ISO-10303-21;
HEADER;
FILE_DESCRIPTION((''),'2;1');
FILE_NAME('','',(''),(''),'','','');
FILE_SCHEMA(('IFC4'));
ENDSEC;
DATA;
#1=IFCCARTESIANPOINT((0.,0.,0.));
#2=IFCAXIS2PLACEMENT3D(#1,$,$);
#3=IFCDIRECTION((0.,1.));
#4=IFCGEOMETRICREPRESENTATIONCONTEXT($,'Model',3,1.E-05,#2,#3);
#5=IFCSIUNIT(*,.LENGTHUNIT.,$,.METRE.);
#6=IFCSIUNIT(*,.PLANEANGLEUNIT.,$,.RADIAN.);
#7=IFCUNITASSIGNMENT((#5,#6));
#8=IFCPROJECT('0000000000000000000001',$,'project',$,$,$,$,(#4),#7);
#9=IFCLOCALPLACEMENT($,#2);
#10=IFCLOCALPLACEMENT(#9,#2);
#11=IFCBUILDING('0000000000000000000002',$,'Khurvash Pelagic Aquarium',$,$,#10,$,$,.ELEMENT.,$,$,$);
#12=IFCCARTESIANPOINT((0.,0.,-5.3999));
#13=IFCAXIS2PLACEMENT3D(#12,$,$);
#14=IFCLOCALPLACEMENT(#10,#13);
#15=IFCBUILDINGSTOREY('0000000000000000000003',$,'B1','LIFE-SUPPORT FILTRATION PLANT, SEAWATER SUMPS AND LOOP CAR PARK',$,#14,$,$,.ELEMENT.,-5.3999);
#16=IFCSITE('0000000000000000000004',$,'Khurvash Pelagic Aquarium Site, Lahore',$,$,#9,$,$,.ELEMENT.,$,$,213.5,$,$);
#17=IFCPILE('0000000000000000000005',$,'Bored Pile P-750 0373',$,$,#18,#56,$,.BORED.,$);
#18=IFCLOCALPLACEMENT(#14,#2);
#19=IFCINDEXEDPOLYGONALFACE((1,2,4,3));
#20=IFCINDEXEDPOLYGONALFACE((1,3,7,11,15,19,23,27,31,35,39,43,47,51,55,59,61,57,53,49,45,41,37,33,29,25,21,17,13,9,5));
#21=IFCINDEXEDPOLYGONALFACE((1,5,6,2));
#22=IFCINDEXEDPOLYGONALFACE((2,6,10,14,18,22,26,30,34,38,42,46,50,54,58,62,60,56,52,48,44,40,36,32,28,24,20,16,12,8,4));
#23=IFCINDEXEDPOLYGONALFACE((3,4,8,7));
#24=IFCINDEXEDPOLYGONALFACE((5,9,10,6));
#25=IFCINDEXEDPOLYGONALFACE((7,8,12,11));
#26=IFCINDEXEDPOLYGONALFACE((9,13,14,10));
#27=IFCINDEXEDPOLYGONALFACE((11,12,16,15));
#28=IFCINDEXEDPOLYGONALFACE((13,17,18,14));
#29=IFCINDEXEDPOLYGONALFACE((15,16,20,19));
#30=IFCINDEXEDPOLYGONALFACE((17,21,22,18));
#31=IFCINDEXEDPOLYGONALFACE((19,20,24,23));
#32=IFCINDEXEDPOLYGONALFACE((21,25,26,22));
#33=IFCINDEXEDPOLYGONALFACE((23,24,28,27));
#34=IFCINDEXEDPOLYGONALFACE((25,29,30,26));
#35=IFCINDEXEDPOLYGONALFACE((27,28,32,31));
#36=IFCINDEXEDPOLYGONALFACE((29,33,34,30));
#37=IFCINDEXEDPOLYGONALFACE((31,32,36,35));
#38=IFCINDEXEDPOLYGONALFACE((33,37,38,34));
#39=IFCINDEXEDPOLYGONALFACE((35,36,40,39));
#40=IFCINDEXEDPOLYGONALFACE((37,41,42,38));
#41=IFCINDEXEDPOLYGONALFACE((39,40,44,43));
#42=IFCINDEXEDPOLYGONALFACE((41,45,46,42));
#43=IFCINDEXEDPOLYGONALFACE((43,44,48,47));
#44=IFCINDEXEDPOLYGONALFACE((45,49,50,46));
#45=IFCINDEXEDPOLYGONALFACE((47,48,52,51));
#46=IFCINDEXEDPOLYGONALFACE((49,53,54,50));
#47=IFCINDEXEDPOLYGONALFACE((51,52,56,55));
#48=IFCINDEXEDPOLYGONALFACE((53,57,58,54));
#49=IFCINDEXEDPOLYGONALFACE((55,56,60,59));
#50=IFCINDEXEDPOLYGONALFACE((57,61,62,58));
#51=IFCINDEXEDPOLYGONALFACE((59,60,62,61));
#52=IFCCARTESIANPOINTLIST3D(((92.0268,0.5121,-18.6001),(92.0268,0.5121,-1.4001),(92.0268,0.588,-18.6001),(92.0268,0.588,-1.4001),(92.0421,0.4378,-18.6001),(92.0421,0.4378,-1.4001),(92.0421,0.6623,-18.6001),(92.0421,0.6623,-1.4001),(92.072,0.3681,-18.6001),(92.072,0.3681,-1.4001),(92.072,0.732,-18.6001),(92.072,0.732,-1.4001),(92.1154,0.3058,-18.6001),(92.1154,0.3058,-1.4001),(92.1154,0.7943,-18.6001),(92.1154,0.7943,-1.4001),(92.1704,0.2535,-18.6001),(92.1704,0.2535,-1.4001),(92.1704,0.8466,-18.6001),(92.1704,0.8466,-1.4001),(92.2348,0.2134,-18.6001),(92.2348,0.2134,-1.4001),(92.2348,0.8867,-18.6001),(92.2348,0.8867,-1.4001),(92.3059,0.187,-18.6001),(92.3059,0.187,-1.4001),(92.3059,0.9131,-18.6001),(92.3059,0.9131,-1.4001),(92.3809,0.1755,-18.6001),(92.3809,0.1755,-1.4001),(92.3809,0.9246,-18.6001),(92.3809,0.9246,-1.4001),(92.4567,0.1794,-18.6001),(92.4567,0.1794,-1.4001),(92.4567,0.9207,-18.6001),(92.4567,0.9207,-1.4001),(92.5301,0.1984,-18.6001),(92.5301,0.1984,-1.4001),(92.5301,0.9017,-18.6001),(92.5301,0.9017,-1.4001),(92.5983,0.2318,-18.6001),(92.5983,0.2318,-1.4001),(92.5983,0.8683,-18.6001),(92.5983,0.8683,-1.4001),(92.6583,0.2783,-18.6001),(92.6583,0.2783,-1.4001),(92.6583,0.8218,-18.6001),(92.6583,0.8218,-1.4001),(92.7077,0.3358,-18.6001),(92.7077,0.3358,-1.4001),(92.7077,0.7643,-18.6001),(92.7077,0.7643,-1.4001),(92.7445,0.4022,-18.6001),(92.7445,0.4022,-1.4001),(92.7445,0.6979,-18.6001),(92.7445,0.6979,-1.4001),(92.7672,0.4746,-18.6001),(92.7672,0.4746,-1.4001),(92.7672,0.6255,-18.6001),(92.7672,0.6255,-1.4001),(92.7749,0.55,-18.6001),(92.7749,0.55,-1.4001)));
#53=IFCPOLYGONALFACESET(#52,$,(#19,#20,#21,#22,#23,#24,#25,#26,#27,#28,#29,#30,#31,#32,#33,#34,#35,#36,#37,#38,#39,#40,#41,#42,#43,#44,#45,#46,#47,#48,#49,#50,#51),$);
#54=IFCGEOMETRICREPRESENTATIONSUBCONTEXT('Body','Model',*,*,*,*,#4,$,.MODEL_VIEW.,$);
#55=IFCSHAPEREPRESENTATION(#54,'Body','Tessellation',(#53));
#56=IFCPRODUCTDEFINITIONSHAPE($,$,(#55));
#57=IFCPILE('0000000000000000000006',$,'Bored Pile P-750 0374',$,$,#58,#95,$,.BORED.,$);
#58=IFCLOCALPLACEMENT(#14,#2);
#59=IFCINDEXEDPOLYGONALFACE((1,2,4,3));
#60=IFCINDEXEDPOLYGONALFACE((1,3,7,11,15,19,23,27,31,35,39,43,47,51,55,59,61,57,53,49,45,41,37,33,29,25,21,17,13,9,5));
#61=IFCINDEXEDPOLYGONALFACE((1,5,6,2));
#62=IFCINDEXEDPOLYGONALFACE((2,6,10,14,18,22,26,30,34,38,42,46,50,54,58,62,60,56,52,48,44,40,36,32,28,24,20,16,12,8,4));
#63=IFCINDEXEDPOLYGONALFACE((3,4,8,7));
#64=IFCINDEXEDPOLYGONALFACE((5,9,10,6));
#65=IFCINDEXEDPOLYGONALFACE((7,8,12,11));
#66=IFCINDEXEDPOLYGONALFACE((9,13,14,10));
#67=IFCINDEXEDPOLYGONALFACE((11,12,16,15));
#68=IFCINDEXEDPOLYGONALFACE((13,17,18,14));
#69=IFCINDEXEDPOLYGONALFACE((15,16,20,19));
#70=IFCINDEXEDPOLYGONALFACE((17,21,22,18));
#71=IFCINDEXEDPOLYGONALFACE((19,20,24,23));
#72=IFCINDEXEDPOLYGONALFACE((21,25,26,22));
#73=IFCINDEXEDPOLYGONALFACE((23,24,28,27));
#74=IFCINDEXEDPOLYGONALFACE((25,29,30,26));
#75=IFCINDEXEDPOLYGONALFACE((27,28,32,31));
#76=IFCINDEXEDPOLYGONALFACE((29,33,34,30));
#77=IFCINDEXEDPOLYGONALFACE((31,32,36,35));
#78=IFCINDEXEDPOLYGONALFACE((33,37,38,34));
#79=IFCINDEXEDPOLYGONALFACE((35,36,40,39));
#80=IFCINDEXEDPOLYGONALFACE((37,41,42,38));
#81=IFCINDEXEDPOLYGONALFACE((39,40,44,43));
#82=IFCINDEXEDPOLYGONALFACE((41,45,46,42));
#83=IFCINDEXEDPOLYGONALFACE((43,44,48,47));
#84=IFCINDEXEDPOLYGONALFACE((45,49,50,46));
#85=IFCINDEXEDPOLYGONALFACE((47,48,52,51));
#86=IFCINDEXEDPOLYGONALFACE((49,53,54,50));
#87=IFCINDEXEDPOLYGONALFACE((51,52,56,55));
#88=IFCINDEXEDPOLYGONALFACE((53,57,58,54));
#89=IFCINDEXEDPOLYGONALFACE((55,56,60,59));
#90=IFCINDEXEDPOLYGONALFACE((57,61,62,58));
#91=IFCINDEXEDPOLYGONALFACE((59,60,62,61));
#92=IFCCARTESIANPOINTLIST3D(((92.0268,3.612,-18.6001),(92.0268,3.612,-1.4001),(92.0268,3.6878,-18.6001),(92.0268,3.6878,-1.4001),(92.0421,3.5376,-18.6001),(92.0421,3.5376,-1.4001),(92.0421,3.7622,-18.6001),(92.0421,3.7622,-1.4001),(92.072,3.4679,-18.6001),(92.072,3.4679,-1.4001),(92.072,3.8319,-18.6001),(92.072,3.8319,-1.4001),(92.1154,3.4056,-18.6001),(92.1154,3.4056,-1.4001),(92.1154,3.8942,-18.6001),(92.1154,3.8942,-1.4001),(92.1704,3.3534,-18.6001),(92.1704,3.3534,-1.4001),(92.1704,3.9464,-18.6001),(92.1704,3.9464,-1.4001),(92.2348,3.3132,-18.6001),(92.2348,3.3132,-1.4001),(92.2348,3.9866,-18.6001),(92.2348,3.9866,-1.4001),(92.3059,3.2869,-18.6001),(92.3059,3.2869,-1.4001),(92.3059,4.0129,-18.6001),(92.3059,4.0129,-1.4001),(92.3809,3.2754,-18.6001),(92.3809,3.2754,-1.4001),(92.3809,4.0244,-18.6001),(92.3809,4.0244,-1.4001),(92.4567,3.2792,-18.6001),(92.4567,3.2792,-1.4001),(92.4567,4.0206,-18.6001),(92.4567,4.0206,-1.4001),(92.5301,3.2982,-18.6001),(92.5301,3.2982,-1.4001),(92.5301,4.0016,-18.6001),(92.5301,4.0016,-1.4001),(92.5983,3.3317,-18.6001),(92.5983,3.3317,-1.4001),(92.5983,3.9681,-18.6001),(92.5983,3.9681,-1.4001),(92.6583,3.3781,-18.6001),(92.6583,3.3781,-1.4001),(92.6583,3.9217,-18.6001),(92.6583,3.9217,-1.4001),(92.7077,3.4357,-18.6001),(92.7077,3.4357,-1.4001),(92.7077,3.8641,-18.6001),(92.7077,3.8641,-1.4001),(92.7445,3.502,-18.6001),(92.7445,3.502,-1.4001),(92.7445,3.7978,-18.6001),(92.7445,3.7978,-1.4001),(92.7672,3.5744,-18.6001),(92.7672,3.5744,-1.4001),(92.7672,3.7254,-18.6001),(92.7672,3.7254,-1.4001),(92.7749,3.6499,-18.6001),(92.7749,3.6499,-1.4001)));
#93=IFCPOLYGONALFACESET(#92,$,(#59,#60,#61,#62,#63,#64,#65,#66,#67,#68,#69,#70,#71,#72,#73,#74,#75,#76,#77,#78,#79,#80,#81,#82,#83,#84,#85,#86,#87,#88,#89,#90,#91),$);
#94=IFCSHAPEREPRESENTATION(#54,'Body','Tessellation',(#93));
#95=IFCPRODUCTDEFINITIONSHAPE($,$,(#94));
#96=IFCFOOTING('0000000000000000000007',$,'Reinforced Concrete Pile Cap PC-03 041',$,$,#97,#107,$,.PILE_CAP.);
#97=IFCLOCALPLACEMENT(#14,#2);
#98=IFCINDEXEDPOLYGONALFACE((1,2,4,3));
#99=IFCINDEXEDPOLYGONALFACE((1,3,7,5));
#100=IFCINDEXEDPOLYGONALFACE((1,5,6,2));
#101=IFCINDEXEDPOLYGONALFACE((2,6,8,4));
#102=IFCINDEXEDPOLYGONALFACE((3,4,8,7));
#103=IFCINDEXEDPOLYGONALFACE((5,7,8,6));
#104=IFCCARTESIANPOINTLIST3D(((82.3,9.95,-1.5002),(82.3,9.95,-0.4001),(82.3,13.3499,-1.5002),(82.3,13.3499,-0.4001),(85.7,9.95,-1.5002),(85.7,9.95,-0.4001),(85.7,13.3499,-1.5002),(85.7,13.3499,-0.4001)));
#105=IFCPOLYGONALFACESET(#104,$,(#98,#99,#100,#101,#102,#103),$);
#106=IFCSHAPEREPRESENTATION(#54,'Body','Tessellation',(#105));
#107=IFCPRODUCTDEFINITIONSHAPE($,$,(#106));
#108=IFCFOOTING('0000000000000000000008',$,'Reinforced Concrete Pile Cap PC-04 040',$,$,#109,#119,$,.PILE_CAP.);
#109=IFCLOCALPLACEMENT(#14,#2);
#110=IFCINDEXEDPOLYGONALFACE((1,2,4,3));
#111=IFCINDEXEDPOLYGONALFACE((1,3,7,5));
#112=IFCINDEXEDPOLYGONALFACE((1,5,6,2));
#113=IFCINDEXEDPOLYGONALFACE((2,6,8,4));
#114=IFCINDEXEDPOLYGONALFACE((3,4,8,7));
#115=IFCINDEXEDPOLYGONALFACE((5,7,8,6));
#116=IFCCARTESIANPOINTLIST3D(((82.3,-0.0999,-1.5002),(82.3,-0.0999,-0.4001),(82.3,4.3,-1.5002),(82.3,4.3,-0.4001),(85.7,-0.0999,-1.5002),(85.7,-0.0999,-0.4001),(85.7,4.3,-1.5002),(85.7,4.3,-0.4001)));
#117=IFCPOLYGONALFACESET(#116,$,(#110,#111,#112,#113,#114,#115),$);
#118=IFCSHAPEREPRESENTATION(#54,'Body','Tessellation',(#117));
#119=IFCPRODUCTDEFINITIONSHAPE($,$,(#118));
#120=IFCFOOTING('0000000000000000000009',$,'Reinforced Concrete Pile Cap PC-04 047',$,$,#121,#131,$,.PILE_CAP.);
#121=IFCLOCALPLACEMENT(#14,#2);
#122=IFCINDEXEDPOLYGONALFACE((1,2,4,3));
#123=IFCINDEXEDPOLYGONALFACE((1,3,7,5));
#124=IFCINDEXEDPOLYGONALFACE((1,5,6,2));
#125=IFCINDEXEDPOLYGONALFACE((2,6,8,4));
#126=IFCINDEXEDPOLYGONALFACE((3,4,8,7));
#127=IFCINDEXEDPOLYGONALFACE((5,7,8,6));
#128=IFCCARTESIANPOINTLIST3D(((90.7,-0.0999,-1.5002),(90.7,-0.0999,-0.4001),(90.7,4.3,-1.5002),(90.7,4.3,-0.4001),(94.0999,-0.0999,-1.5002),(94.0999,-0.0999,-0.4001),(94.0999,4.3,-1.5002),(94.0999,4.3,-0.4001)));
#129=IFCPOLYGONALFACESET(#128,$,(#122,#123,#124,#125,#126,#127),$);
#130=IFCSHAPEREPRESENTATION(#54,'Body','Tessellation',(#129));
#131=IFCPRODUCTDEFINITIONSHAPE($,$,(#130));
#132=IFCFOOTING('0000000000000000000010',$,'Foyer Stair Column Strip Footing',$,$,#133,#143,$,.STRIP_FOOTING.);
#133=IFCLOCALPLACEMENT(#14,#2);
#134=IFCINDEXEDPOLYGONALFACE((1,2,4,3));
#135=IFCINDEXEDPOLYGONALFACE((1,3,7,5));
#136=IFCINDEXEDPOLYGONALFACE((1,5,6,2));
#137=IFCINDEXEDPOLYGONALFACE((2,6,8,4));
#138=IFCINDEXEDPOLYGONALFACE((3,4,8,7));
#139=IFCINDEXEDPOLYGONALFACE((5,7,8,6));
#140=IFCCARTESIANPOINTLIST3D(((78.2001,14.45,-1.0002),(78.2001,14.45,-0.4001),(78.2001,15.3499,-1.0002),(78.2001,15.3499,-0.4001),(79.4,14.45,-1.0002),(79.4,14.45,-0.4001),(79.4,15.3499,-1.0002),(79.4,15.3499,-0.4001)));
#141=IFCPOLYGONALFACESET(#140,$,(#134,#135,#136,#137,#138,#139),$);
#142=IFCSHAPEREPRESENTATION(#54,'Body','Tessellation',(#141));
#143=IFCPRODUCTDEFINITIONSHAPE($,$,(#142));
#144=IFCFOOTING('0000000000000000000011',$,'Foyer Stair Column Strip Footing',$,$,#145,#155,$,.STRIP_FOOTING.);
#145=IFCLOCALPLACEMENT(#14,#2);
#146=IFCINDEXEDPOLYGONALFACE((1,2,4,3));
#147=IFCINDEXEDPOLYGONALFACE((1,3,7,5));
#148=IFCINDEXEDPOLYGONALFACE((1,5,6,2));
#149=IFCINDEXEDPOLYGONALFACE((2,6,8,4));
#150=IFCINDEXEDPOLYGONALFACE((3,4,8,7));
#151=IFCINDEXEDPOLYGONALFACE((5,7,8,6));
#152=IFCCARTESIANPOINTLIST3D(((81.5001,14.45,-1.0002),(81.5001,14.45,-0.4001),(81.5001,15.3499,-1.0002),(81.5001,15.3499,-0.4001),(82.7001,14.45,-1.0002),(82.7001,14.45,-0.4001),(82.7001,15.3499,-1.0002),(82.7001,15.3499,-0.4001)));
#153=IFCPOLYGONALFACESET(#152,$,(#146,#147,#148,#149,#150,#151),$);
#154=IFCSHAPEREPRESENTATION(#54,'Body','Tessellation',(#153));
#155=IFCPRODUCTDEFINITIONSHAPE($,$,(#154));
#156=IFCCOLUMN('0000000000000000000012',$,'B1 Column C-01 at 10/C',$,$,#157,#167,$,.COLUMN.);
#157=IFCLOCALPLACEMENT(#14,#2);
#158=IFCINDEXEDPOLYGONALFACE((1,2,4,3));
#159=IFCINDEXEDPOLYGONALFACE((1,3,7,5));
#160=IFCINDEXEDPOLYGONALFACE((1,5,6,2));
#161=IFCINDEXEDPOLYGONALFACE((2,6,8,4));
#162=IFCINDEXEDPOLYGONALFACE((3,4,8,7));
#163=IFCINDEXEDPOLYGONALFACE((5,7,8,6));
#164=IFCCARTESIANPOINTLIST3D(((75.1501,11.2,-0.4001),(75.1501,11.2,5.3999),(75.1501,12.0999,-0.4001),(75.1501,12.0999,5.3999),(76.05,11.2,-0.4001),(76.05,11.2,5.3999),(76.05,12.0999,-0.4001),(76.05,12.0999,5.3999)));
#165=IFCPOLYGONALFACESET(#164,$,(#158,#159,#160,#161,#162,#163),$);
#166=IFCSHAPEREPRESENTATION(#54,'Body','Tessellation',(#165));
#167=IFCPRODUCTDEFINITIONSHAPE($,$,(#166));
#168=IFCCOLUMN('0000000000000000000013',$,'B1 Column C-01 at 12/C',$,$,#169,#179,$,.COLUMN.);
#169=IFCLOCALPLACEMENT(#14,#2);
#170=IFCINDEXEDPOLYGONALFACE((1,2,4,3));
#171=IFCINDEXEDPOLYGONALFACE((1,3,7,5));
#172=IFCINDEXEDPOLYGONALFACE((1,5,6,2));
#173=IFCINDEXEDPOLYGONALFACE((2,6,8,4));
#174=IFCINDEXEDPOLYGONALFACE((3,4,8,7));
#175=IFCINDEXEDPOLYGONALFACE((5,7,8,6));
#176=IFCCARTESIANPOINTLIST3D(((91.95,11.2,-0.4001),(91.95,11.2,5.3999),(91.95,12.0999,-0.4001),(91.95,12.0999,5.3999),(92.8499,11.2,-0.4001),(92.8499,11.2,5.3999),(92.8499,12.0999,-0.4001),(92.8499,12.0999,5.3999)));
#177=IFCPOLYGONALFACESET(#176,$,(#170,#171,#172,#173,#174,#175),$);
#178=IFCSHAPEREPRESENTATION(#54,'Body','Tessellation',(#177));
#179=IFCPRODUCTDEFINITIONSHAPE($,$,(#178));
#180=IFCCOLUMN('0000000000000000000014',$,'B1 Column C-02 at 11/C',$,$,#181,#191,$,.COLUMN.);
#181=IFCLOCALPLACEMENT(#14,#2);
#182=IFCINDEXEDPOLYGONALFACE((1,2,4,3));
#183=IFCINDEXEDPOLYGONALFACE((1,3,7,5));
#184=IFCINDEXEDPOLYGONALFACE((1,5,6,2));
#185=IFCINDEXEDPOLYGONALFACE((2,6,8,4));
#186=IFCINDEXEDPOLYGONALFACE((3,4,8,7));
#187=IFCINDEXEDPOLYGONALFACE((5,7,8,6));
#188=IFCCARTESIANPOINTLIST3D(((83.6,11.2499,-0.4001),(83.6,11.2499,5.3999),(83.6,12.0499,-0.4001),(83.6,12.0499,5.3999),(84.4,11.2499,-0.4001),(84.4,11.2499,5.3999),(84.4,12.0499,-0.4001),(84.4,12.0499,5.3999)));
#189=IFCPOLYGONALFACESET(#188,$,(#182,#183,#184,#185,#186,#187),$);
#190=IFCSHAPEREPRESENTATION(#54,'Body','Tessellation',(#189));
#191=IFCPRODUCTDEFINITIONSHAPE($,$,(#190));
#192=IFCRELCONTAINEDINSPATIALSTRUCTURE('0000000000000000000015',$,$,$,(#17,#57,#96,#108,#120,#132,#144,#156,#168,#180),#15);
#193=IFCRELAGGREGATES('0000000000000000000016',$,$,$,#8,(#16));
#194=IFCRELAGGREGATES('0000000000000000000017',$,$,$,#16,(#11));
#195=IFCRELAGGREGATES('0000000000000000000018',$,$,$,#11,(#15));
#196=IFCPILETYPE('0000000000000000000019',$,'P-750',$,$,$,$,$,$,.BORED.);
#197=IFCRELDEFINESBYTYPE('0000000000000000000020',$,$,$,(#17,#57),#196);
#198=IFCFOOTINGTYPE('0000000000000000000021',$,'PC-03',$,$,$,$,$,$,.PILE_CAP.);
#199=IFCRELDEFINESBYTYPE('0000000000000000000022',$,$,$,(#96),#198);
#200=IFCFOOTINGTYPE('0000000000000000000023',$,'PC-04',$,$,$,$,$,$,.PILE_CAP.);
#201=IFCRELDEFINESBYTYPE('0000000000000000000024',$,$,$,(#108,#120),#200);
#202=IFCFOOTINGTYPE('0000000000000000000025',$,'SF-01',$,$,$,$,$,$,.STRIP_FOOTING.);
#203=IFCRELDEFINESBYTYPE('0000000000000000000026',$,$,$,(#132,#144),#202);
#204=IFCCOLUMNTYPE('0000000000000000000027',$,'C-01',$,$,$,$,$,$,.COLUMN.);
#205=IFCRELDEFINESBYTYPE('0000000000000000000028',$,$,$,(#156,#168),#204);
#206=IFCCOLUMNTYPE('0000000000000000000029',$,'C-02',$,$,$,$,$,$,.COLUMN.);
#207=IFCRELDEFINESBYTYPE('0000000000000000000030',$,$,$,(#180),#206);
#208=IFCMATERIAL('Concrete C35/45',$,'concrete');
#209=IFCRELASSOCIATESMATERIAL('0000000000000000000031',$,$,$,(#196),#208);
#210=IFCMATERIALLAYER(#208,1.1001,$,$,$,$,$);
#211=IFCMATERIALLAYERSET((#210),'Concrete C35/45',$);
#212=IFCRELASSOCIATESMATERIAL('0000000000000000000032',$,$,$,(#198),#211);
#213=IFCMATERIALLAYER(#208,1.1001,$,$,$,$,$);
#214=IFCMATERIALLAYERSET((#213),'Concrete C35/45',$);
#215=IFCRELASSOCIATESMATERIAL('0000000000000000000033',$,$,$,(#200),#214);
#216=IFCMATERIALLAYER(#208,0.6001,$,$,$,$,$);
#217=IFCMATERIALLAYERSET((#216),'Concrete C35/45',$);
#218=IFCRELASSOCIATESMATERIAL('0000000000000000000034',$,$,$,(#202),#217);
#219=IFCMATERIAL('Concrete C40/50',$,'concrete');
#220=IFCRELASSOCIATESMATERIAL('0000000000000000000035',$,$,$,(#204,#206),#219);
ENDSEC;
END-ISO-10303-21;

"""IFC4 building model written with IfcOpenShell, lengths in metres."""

from ifc_helpers import new_model, si_unit, direction, frame, origin, origin_2d, place, context, subcontext, project, spatial, rectangle, circle, extrude, material, layer, layer_set, material_profile, profile_set, type_object, element, save


model = new_model("IFC4")

# Units and contexts
model_context = context("Model", 3, precision=1e-05, world=origin(), true_north=direction((0.0, 1.0)))
body_context = subcontext(model_context, "Body", "Model", "MODEL_VIEW")
ifc_project = project(units=[si_unit("LENGTHUNIT", "METRE"), si_unit("PLANEANGLEUNIT", "RADIAN")], contexts=[model_context])

# Site, building, storey
site_placement = place(None, origin())
site = spatial("IfcSite", under=ifc_project, at=site_placement, Name="Khurvash Pelagic Aquarium Site, Lahore", CompositionType="ELEMENT", RefElevation=213.5)
building_placement = place(site_placement, origin())
building = spatial("IfcBuilding", under=site, at=building_placement, Name="Khurvash Pelagic Aquarium", CompositionType="ELEMENT")
storey_placement = place(building_placement, frame((0.0, 0.0, -5.3999)))
storey = spatial("IfcBuildingStorey", under=building, at=storey_placement, Name="B1", Description="LIFE-SUPPORT FILTRATION PLANT, SEAWATER SUMPS AND LOOP CAR PARK", CompositionType="ELEMENT", Elevation=-5.3999)

# Shared definitions
ifc_material_1 = material(Name="Concrete C35/45", Category="concrete")

# Piles
ifc_material_profile_1 = material_profile(ifc_material_1, circle(Radius=0.375, at=origin_2d()), Name="PILE750")
ifc_profile_set_1 = profile_set([ifc_material_profile_1], Name="Concrete C35/45")
pile_type = type_object("IfcPileType", Name="P-750", PredefinedType="BORED", material=ifc_profile_set_1)
for number, where, z_axis, x_axis, name in (
    (1, (92.3999, 0.55, -1.4001), (0.0, 0.0, -1.0), (1.0, 0.0, 0.0), "Bored Pile P-750 0373"),
    (2, (92.3999, 3.6499, -1.4001), (0.0, 0.0, -1.0), (1.0, 0.0, 0.0), "Bored Pile P-750 0374"),
):
    element("IfcPile", number, at=place(storey_placement, frame(where, z_axis=z_axis, x_axis=x_axis)), inside=storey, type_object=pile_type, Name=name, PredefinedType="BORED", context=body_context, shape_type="SweptSolid", body=[
        extrude(circle(Radius=0.375, at=origin_2d()), origin(), (0.0, 0.0, 1.0), 17.2),
    ])

# Footings
ifc_layer_1 = layer(ifc_material_1, 1.1001)
ifc_layer_set_1 = layer_set([ifc_layer_1], Name="Concrete C35/45")
footing_type_1 = type_object("IfcFootingType", Name="PC-03", PredefinedType="PILE_CAP", material=ifc_layer_set_1)
footing_1_placement = place(storey_placement, frame((84.0, 11.6499, -1.5002), z_axis=(0.0, 0.0, 1.0), x_axis=(1.0, 0.0, 0.0)))
element("IfcFooting", 3, at=footing_1_placement, inside=storey, type_object=footing_type_1, Name="Reinforced Concrete Pile Cap PC-03 041", PredefinedType="PILE_CAP", context=body_context, shape_type="SweptSolid", body=[
    extrude(rectangle(XDim=3.3999, YDim=3.3999, at=origin_2d()), origin(), (0.0, 0.0, 1.0), 1.1001),
])
ifc_layer_2 = layer(ifc_material_1, 1.1001)
ifc_layer_set_2 = layer_set([ifc_layer_2], Name="Concrete C35/45")
footing_type_2 = type_object("IfcFootingType", Name="PC-04", PredefinedType="PILE_CAP", material=ifc_layer_set_2)
for number, where, z_axis, x_axis, name in (
    (4, (84.0, 2.1001, -1.5002), (0.0, 0.0, 1.0), (1.0, 0.0, 0.0), "Reinforced Concrete Pile Cap PC-04 040"),
    (5, (92.3999, 2.1001, -1.5002), (0.0, 0.0, 1.0), (1.0, 0.0, 0.0), "Reinforced Concrete Pile Cap PC-04 047"),
):
    element("IfcFooting", number, at=place(storey_placement, frame(where, z_axis=z_axis, x_axis=x_axis)), inside=storey, type_object=footing_type_2, Name=name, PredefinedType="PILE_CAP", context=body_context, shape_type="SweptSolid", body=[
        extrude(rectangle(XDim=3.3999, YDim=4.3999, at=origin_2d()), origin(), (0.0, 0.0, 1.0), 1.1001),
    ])
ifc_layer_3 = layer(ifc_material_1, 0.6001)
ifc_layer_set_3 = layer_set([ifc_layer_3], Name="Concrete C35/45")
footing_type_3 = type_object("IfcFootingType", Name="SF-01", PredefinedType="STRIP_FOOTING", material=ifc_layer_set_3)
for number, where, z_axis, x_axis, name in (
    (6, (78.8, 14.8999, -1.0002), (0.0, 0.0, 1.0), (1.0, 0.0, 0.0), "Foyer Stair Column Strip Footing"),
    (7, (82.1001, 14.8999, -1.0002), (0.0, 0.0, 1.0), (1.0, 0.0, 0.0), "Foyer Stair Column Strip Footing"),
):
    element("IfcFooting", number, at=place(storey_placement, frame(where, z_axis=z_axis, x_axis=x_axis)), inside=storey, type_object=footing_type_3, Name=name, PredefinedType="STRIP_FOOTING", context=body_context, shape_type="SweptSolid", body=[
        extrude(rectangle(XDim=1.2, YDim=0.8999, at=origin_2d()), origin(), (0.0, 0.0, 1.0), 0.6001),
    ])

# Columns
ifc_material_2 = material(Name="Concrete C40/50", Category="concrete")
ifc_material_profile_2 = material_profile(ifc_material_2, rectangle(XDim=0.8999, YDim=0.8999, at=origin_2d()), Name="RC900X900")
ifc_profile_set_2 = profile_set([ifc_material_profile_2], Name="Concrete C40/50")
column_type_1 = type_object("IfcColumnType", Name="C-01", PredefinedType="COLUMN", material=ifc_profile_set_2)
for number, where, z_axis, x_axis, name in (
    (8, (75.6001, 11.6499, -0.4001), (0.0, 0.0, 1.0), (1.0, 0.0, 0.0), "B1 Column C-01 at 10/C"),
    (9, (92.3999, 11.6499, -0.4001), (0.0, 0.0, 1.0), (1.0, 0.0, 0.0), "B1 Column C-01 at 12/C"),
):
    element("IfcColumn", number, at=place(storey_placement, frame(where, z_axis=z_axis, x_axis=x_axis)), inside=storey, type_object=column_type_1, Name=name, PredefinedType="COLUMN", context=body_context, shape_type="SweptSolid", body=[
        extrude(rectangle(XDim=0.8999, YDim=0.8999, at=origin_2d()), origin(), (0.0, 0.0, 1.0), 5.8),
    ])
ifc_material_profile_3 = material_profile(ifc_material_2, rectangle(XDim=0.8, YDim=0.8, at=origin_2d()), Name="RC800X800")
ifc_profile_set_3 = profile_set([ifc_material_profile_3], Name="Concrete C40/50")
column_type_2 = type_object("IfcColumnType", Name="C-02", PredefinedType="COLUMN", material=ifc_profile_set_3)
column_placement = place(storey_placement, frame((84.0, 11.6499, -0.4001), z_axis=(0.0, 0.0, 1.0), x_axis=(1.0, 0.0, 0.0)))
element("IfcColumn", 10, at=column_placement, inside=storey, type_object=column_type_2, Name="B1 Column C-02 at 11/C", PredefinedType="COLUMN", context=body_context, shape_type="SweptSolid", body=[
    extrude(rectangle(XDim=0.8, YDim=0.8, at=origin_2d()), origin(), (0.0, 0.0, 1.0), 5.8),
])

save(model, "model.ifc")
